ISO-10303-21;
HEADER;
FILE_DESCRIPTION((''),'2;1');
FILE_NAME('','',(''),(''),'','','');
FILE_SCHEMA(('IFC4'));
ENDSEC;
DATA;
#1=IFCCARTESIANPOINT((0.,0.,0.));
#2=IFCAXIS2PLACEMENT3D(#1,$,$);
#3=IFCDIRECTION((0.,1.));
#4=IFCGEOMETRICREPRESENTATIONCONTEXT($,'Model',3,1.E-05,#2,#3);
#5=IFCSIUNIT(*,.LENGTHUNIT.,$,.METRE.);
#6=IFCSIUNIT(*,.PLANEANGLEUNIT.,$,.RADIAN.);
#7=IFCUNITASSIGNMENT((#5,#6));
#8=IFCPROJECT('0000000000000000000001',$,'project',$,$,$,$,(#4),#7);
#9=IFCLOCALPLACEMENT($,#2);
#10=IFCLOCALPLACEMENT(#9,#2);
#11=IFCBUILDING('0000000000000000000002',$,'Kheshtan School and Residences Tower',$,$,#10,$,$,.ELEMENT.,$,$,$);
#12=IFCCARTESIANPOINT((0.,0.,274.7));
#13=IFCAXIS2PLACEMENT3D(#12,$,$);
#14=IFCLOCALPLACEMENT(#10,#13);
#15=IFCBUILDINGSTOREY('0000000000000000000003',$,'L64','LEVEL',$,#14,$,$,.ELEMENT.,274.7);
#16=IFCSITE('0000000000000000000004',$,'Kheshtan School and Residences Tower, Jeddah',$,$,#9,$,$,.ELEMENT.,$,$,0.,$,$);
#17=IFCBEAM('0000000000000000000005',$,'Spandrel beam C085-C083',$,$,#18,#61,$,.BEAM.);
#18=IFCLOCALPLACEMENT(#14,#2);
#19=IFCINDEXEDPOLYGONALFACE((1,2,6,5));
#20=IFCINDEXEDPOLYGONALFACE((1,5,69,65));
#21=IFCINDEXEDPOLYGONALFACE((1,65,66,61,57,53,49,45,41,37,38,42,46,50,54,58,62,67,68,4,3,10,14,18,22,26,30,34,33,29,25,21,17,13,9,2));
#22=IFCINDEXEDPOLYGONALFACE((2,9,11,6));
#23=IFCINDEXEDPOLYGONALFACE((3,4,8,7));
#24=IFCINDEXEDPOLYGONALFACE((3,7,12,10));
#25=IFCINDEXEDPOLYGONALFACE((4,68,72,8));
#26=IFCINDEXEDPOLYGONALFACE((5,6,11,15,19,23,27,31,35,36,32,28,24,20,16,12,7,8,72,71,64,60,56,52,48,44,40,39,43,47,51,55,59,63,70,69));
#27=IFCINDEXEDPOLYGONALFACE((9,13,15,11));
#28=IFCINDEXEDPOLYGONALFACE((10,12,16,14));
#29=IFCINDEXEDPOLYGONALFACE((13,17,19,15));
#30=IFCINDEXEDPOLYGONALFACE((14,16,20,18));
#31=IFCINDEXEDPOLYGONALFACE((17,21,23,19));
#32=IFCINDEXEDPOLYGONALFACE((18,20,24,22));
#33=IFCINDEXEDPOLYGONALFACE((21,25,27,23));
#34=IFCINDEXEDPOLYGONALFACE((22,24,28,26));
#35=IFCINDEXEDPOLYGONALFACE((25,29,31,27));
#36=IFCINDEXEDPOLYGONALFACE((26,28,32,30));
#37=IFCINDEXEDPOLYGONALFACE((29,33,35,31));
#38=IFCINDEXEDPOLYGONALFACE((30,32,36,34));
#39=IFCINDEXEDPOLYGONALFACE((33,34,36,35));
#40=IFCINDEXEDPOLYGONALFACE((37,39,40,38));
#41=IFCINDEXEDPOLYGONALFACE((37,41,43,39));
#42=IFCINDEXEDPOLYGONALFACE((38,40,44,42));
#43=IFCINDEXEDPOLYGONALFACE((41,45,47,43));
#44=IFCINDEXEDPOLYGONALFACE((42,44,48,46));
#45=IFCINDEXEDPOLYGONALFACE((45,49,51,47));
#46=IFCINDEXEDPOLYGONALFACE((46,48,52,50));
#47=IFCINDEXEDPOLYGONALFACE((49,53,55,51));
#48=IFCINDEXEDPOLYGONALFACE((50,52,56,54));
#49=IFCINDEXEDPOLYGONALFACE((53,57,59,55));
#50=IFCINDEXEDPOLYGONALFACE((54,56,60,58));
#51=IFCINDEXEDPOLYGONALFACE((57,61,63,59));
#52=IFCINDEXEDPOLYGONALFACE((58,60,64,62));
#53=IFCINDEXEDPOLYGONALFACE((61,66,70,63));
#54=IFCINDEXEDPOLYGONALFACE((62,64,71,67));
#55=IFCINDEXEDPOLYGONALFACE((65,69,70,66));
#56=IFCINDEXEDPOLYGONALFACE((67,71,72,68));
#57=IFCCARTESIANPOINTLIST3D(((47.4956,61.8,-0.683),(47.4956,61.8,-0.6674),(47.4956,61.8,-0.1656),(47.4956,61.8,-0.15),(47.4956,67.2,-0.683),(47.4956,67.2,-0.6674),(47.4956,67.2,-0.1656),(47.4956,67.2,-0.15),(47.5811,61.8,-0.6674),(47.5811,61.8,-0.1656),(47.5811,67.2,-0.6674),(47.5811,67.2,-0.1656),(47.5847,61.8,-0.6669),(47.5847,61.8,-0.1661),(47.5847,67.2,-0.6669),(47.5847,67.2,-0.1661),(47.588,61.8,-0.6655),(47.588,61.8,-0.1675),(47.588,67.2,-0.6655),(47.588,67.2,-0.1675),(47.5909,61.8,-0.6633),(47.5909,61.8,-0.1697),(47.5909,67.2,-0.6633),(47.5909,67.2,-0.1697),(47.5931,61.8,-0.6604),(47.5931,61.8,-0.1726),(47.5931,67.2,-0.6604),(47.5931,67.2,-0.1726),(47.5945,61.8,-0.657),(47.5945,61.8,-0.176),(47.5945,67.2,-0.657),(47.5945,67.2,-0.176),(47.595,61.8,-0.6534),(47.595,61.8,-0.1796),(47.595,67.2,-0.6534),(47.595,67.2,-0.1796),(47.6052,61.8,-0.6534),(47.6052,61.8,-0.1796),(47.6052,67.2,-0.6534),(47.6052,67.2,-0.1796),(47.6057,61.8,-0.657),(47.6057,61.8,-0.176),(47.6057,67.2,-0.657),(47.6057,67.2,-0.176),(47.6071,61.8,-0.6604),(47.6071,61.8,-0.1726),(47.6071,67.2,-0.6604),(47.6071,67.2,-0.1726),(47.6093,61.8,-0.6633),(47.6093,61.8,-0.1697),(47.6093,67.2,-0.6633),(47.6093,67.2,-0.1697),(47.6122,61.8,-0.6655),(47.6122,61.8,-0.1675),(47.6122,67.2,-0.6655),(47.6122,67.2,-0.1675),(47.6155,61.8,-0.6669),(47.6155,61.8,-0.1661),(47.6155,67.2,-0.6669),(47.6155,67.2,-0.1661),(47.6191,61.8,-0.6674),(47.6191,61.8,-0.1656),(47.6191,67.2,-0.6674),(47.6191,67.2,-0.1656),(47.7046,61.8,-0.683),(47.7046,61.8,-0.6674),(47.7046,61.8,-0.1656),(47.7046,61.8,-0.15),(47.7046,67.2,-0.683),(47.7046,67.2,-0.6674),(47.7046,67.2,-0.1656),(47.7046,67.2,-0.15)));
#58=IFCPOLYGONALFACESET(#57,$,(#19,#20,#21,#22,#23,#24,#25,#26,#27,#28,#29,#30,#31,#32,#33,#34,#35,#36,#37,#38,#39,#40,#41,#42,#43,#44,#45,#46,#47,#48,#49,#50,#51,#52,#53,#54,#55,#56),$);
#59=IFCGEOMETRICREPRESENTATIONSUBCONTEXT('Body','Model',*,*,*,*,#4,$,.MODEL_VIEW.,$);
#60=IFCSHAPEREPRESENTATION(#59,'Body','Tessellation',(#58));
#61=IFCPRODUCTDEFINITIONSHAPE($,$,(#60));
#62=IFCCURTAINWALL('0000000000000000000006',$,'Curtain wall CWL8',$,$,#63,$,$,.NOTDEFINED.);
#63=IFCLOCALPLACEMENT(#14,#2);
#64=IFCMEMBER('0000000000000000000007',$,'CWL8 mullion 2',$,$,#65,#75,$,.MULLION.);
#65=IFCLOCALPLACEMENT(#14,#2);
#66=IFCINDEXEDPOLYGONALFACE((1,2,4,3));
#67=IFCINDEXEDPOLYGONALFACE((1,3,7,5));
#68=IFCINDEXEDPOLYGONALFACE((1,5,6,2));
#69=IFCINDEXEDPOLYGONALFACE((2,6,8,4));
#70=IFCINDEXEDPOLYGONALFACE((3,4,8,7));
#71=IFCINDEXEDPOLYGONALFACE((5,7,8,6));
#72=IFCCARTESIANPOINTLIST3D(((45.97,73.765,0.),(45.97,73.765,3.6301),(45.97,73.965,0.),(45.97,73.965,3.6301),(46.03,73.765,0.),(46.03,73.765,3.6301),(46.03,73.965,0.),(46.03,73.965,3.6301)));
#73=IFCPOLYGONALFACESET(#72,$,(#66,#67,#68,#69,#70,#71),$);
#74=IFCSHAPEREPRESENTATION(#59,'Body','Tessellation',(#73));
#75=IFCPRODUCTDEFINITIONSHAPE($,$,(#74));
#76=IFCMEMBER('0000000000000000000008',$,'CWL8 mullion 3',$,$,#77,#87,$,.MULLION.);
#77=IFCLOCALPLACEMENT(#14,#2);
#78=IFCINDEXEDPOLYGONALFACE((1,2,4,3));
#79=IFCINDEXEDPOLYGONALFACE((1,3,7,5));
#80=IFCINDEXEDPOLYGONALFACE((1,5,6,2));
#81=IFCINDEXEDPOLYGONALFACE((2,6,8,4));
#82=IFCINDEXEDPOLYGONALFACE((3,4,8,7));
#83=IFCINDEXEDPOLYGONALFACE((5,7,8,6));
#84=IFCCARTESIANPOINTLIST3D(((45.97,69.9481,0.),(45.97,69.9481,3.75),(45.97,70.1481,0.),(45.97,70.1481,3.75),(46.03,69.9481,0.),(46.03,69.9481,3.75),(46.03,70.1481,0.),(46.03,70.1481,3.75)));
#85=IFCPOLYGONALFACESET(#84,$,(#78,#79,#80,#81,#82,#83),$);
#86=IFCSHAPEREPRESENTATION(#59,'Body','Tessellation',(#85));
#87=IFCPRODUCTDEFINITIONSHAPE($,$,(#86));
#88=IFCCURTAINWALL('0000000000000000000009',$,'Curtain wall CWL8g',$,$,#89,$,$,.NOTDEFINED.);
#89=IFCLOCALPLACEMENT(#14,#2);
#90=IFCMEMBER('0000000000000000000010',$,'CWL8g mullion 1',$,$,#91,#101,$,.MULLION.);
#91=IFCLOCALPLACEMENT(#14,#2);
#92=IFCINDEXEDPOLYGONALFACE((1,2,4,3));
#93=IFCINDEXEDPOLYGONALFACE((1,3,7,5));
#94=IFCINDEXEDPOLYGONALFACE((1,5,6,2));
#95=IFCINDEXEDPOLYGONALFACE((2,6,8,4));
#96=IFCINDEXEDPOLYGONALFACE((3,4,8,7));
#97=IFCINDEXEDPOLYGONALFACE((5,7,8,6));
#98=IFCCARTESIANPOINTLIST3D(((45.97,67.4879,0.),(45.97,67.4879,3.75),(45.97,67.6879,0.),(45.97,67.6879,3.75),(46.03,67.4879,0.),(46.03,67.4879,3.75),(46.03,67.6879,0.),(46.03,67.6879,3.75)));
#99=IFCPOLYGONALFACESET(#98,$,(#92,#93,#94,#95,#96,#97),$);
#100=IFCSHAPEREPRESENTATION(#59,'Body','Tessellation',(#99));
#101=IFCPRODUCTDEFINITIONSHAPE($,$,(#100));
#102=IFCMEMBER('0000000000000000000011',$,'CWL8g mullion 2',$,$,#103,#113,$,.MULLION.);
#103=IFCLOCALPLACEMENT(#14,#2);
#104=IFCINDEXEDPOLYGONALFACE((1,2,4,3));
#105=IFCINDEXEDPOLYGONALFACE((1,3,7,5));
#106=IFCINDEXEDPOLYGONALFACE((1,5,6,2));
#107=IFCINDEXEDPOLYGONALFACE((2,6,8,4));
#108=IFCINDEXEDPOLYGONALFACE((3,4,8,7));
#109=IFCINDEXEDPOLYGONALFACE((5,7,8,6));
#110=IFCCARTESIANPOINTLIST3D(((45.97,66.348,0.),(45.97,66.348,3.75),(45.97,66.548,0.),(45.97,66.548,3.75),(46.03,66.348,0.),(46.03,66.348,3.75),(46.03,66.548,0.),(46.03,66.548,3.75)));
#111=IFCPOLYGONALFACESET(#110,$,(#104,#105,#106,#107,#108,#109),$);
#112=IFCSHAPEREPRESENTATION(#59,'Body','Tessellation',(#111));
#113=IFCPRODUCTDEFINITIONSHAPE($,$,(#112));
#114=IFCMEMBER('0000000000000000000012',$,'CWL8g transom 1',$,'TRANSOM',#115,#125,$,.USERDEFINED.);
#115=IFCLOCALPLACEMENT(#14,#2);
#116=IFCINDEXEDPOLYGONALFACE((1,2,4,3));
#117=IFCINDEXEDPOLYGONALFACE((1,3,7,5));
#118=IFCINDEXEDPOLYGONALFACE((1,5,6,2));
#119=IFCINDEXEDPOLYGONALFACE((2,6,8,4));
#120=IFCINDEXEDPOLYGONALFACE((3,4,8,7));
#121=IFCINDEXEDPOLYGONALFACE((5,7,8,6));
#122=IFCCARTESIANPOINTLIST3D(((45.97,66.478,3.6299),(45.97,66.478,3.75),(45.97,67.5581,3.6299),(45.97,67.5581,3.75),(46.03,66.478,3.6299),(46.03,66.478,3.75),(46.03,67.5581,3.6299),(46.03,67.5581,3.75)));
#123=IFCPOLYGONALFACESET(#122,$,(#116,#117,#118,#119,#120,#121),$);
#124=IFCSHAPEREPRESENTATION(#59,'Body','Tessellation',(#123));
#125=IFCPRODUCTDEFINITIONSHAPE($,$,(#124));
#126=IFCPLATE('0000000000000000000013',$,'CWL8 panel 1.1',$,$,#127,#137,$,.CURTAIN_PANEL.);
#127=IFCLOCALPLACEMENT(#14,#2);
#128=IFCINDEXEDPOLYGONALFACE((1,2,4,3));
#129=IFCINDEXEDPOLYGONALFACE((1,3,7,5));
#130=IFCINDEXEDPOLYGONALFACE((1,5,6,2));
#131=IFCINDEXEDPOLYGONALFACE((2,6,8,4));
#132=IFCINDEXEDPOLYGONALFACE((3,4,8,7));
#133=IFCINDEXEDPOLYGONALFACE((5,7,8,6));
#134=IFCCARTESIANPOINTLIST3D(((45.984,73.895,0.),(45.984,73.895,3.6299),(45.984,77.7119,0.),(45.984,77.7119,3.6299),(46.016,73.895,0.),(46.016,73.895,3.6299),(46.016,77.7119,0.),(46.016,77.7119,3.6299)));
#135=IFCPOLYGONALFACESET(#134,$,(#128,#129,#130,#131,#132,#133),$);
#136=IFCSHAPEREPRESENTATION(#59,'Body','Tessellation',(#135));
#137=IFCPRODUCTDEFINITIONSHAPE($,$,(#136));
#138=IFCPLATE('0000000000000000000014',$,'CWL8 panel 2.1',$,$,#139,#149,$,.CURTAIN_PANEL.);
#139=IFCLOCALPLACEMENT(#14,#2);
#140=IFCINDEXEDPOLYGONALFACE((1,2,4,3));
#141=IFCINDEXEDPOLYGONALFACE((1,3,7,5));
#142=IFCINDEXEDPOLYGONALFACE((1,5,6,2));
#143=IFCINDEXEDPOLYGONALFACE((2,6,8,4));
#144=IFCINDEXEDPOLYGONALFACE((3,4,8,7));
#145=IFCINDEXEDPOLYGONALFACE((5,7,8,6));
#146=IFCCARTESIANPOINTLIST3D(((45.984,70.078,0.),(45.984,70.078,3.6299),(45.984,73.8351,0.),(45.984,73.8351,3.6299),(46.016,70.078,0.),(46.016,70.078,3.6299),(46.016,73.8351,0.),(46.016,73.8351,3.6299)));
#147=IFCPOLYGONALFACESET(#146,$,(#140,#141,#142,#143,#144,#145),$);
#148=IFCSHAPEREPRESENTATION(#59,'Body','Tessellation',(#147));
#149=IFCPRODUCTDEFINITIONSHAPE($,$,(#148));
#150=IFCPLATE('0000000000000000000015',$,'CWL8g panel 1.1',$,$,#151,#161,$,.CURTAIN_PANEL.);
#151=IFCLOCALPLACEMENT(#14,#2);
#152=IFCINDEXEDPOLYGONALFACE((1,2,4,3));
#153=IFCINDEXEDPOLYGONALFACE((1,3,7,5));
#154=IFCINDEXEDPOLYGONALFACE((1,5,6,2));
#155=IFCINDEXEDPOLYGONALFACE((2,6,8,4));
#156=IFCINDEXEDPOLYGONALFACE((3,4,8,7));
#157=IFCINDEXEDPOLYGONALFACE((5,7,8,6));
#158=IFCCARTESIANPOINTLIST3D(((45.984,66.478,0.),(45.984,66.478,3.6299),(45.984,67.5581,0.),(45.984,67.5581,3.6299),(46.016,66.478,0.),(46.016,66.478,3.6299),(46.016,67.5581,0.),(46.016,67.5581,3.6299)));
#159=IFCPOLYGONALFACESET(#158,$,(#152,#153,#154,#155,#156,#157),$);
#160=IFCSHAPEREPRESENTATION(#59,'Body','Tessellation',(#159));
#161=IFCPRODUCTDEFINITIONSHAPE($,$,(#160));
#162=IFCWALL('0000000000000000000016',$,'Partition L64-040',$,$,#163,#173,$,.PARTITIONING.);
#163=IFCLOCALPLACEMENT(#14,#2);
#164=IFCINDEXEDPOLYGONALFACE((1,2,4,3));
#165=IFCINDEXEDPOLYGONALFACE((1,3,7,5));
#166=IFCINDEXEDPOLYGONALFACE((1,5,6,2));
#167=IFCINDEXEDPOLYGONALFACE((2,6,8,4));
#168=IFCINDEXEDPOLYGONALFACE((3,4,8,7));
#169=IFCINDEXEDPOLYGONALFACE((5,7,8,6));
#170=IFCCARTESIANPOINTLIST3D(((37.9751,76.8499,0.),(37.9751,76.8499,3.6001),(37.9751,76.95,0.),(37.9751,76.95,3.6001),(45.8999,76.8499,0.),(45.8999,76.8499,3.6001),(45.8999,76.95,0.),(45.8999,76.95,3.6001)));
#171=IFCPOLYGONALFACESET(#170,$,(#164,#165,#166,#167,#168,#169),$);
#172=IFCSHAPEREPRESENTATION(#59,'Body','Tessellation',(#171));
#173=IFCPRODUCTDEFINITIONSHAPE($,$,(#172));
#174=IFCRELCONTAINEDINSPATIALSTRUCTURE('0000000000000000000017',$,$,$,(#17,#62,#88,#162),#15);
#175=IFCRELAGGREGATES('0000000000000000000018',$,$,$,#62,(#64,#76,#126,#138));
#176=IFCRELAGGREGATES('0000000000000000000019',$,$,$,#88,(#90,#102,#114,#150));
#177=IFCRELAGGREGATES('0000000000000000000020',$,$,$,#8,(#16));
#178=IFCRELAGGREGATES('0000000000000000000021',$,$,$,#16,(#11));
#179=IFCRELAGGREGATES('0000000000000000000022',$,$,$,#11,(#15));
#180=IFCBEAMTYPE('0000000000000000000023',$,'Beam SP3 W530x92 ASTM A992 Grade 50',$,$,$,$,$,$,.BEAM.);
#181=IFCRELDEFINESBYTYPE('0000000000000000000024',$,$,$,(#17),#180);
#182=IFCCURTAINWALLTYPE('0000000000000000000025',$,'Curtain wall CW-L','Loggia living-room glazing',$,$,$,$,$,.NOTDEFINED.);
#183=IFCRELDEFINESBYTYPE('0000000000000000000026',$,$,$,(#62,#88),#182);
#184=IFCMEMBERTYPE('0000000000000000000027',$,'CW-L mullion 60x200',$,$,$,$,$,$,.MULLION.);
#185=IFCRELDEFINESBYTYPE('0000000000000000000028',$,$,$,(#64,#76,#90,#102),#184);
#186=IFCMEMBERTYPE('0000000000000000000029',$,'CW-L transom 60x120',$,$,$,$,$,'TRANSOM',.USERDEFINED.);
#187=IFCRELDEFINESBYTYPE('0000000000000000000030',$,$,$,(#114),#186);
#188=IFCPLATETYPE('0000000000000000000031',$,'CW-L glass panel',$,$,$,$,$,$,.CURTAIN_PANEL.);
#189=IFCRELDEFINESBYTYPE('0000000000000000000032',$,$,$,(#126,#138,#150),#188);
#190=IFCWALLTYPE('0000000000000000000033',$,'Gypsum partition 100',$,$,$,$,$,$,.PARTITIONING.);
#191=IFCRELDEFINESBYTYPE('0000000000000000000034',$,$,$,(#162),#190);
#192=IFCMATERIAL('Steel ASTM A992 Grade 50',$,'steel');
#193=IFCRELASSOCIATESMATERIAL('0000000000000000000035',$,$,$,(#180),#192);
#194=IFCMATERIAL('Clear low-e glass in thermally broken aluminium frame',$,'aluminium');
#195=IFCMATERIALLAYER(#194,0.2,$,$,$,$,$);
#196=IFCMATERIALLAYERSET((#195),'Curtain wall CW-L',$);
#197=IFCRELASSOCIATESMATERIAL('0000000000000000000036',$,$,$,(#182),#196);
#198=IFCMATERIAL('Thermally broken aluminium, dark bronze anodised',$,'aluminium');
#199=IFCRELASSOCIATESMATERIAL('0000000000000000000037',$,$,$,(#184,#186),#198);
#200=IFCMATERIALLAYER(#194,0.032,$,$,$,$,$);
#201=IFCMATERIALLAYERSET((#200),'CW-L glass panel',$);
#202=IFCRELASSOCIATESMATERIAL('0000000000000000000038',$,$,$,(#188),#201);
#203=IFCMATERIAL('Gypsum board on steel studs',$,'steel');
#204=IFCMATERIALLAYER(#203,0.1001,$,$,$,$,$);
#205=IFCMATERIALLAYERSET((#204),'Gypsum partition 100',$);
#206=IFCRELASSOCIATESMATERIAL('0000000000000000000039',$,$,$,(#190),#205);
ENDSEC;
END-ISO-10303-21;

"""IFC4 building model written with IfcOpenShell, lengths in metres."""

from ifc_helpers import new_model, si_unit, direction, frame, frame_2d, origin, origin_2d, place, context, subcontext, project, spatial, rectangle, i_section, extrude, material, layer, layer_set, material_profile, profile_set, type_object, element, aggregate, save


model = new_model("IFC4")

# Units and contexts
model_context = context("Model", 3, precision=1e-05, world=origin(), true_north=direction((0.0, 1.0)))
body_context = subcontext(model_context, "Body", "Model", "MODEL_VIEW")
ifc_project = project(units=[si_unit("LENGTHUNIT", "METRE"), si_unit("PLANEANGLEUNIT", "RADIAN")], contexts=[model_context])

# Site, building, storey
site_placement = place(None, origin())
site = spatial("IfcSite", under=ifc_project, at=site_placement, Name="Kheshtan School and Residences Tower, Jeddah", CompositionType="ELEMENT", RefElevation=0.0)
building_placement = place(site_placement, origin())
building = spatial("IfcBuilding", under=site, at=building_placement, Name="Kheshtan School and Residences Tower", CompositionType="ELEMENT")
storey_placement = place(building_placement, frame((0.0, 0.0, 274.7)))
storey = spatial("IfcBuildingStorey", under=building, at=storey_placement, Name="L64", Description="LEVEL", CompositionType="ELEMENT", Elevation=274.7)

# Shared definitions
ifc_material_1 = material(Name="Steel ASTM A992 Grade 50", Category="steel")

# Beam
ifc_material_profile_1 = material_profile(ifc_material_1, i_section(OverallWidth=0.209, OverallDepth=0.533, WebThickness=0.0103, FlangeThickness=0.0156, FilletRadius=0.0139, at=origin_2d()), Name="W530x92")
ifc_profile_set_1 = profile_set([ifc_material_profile_1], Name="Steel ASTM A992 Grade 50")
beam_type_1 = type_object("IfcBeamType", Name="Beam SP3 W530x92 ASTM A992 Grade 50", PredefinedType="BEAM", material=ifc_profile_set_1)
beam_1_placement = place(storey_placement, frame((47.6001, 67.2, -0.4165), z_axis=(0.0, -1.0, 0.0), x_axis=(1.0, 0.0, 0.0)))
element("IfcBeam", 1, at=beam_1_placement, inside=storey, type_object=beam_type_1, Name="Spandrel beam C085-C083", PredefinedType="BEAM", context=body_context, shape_type="SweptSolid", body=[
    extrude(i_section(OverallWidth=0.209, OverallDepth=0.533, WebThickness=0.0103, FlangeThickness=0.0156, FilletRadius=0.0139, at=origin_2d()), origin(), (0.0, 0.0, 1.0), 5.3999),
])

# Curtain walls, members
ifc_material_2 = material(Name="Clear low-e glass in thermally broken aluminium frame", Category="aluminium")
ifc_layer_1 = layer(ifc_material_2, 0.2)
ifc_layer_set_1 = layer_set([ifc_layer_1], Name="Curtain wall CW-L")
curtain_wall_type = type_object("IfcCurtainWallType", Name="Curtain wall CW-L", Description="Loggia living-room glazing", PredefinedType="NOTDEFINED", material=ifc_layer_set_1)
curtain_wall_1_placement = place(storey_placement, origin())
curtain_wall_1 = element("IfcCurtainWall", 2, at=curtain_wall_1_placement, inside=storey, type_object=curtain_wall_type, Name="Curtain wall CWL8", PredefinedType="NOTDEFINED")
ifc_material_3 = material(Name="Thermally broken aluminium, dark bronze anodised", Category="aluminium")
ifc_material_profile_2 = material_profile(ifc_material_3, rectangle(XDim=0.0601, YDim=0.2, at=origin_2d()), Name="CW-L mullion 60x200")
ifc_profile_set_2 = profile_set([ifc_material_profile_2], Name="Thermally broken aluminium, dark bronze anodised")
member_type_1 = type_object("IfcMemberType", Name="CW-L mullion 60x200", PredefinedType="MULLION", material=ifc_profile_set_2)
member_1_placement = place(storey_placement, frame((46.0, 73.865, 0.0), z_axis=(0.0, 0.0, 1.0), x_axis=(1.0, 0.0, 0.0)))
member_1 = element("IfcMember", 3, at=member_1_placement, type_object=member_type_1, Name="CWL8 mullion 2", PredefinedType="MULLION", context=body_context, shape_type="SweptSolid", body=[
    extrude(rectangle(XDim=0.0601, YDim=0.2, at=origin_2d()), origin(), (0.0, 0.0, 1.0), 3.6301),
])
member_2_placement = place(storey_placement, frame((46.0, 70.0481, 0.0), z_axis=(0.0, 0.0, 1.0), x_axis=(1.0, 0.0, 0.0)))
member_2 = element("IfcMember", 4, at=member_2_placement, type_object=member_type_1, Name="CWL8 mullion 3", PredefinedType="MULLION", context=body_context, shape_type="SweptSolid", body=[
    extrude(rectangle(XDim=0.0601, YDim=0.2, at=origin_2d()), origin(), (0.0, 0.0, 1.0), 3.75),
])
curtain_wall_2_placement = place(storey_placement, origin())
curtain_wall_2 = element("IfcCurtainWall", 5, at=curtain_wall_2_placement, inside=storey, type_object=curtain_wall_type, Name="Curtain wall CWL8g", PredefinedType="NOTDEFINED")
member_3_placement = place(storey_placement, frame((46.0, 67.5879, 0.0), z_axis=(0.0, 0.0, 1.0), x_axis=(1.0, 0.0, 0.0)))
member_3 = element("IfcMember", 6, at=member_3_placement, type_object=member_type_1, Name="CWL8g mullion 1", PredefinedType="MULLION", context=body_context, shape_type="SweptSolid", body=[
    extrude(rectangle(XDim=0.0601, YDim=0.2, at=origin_2d()), origin(), (0.0, 0.0, 1.0), 3.75),
])
member_4_placement = place(storey_placement, frame((46.0, 66.448, 0.0), z_axis=(0.0, 0.0, 1.0), x_axis=(1.0, 0.0, 0.0)))
member_4 = element("IfcMember", 7, at=member_4_placement, type_object=member_type_1, Name="CWL8g mullion 2", PredefinedType="MULLION", context=body_context, shape_type="SweptSolid", body=[
    extrude(rectangle(XDim=0.0601, YDim=0.2, at=origin_2d()), origin(), (0.0, 0.0, 1.0), 3.75),
])
ifc_material_profile_3 = material_profile(ifc_material_3, rectangle(XDim=0.0601, YDim=0.1201, at=origin_2d()), Name="CW-L transom 60x120")
ifc_profile_set_3 = profile_set([ifc_material_profile_3], Name="Thermally broken aluminium, dark bronze anodised")
member_type_2 = type_object("IfcMemberType", Name="CW-L transom 60x120", ElementType="TRANSOM", PredefinedType="USERDEFINED", material=ifc_profile_set_3)
member_5_placement = place(storey_placement, frame((46.0, 67.5581, 3.6899), z_axis=(0.0, -1.0, 0.0), x_axis=(1.0, 0.0, 0.0)))
member_5 = element("IfcMember", 8, at=member_5_placement, type_object=member_type_2, Name="CWL8g transom 1", ObjectType="TRANSOM", PredefinedType="USERDEFINED", context=body_context, shape_type="SweptSolid", body=[
    extrude(rectangle(XDim=0.0601, YDim=0.1201, at=origin_2d()), origin(), (0.0, 0.0, 1.0), 1.0801),
])

# Plates
ifc_layer_2 = layer(ifc_material_2, 0.032)
ifc_layer_set_2 = layer_set([ifc_layer_2], Name="CW-L glass panel")
plate_type = type_object("IfcPlateType", Name="CW-L glass panel", PredefinedType="CURTAIN_PANEL", material=ifc_layer_set_2)
plate_1_placement = place(storey_placement, frame((46.0, 75.8035, 0.0), z_axis=(0.0, 0.0, 1.0), x_axis=(0.0, -1.0, 0.0)))
plate_1 = element("IfcPlate", 9, at=plate_1_placement, type_object=plate_type, Name="CWL8 panel 1.1", PredefinedType="CURTAIN_PANEL", context=body_context, shape_type="SweptSolid", body=[
    extrude(rectangle(XDim=3.8169, YDim=0.032, at=origin_2d()), origin(), (0.0, 0.0, 1.0), 3.6299),
])
plate_2_placement = place(storey_placement, frame((46.0, 71.9565, 0.0), z_axis=(0.0, 0.0, 1.0), x_axis=(0.0, -1.0, 0.0)))
plate_2 = element("IfcPlate", 10, at=plate_2_placement, type_object=plate_type, Name="CWL8 panel 2.1", PredefinedType="CURTAIN_PANEL", context=body_context, shape_type="SweptSolid", body=[
    extrude(rectangle(XDim=3.7571, YDim=0.032, at=origin_2d()), origin(), (0.0, 0.0, 1.0), 3.6299),
])
aggregate(curtain_wall_1, [member_1, member_2, plate_1, plate_2])
plate_3_placement = place(storey_placement, frame((46.0, 67.0181, 0.0), z_axis=(0.0, 0.0, 1.0), x_axis=(0.0, -1.0, 0.0)))
plate_3 = element("IfcPlate", 11, at=plate_3_placement, type_object=plate_type, Name="CWL8g panel 1.1", PredefinedType="CURTAIN_PANEL", context=body_context, shape_type="SweptSolid", body=[
    extrude(rectangle(XDim=1.0801, YDim=0.032, at=origin_2d()), origin(), (0.0, 0.0, 1.0), 3.6299),
])
aggregate(curtain_wall_2, [member_3, member_4, member_5, plate_3])

# Wall
ifc_material_4 = material(Name="Gypsum board on steel studs", Category="steel")
ifc_layer_3 = layer(ifc_material_4, 0.1001)
ifc_layer_set_3 = layer_set([ifc_layer_3], Name="Gypsum partition 100")
wall_type_1 = type_object("IfcWallType", Name="Gypsum partition 100", PredefinedType="PARTITIONING", material=ifc_layer_set_3)
wall_1_placement = place(storey_placement, frame((37.9751, 76.8999, 0.0), z_axis=(0.0, 0.0, 1.0), x_axis=(1.0, 0.0, 0.0)))
element("IfcWall", 12, at=wall_1_placement, inside=storey, type_object=wall_type_1, Name="Partition L64-040", PredefinedType="PARTITIONING", context=body_context, shape_type="SweptSolid", body=[
    extrude(rectangle(XDim=7.9248, YDim=0.1001, at=frame_2d((3.9624, 0.0))), origin(), (0.0, 0.0, 1.0), 3.6001),
])

save(model, "model.ifc")
